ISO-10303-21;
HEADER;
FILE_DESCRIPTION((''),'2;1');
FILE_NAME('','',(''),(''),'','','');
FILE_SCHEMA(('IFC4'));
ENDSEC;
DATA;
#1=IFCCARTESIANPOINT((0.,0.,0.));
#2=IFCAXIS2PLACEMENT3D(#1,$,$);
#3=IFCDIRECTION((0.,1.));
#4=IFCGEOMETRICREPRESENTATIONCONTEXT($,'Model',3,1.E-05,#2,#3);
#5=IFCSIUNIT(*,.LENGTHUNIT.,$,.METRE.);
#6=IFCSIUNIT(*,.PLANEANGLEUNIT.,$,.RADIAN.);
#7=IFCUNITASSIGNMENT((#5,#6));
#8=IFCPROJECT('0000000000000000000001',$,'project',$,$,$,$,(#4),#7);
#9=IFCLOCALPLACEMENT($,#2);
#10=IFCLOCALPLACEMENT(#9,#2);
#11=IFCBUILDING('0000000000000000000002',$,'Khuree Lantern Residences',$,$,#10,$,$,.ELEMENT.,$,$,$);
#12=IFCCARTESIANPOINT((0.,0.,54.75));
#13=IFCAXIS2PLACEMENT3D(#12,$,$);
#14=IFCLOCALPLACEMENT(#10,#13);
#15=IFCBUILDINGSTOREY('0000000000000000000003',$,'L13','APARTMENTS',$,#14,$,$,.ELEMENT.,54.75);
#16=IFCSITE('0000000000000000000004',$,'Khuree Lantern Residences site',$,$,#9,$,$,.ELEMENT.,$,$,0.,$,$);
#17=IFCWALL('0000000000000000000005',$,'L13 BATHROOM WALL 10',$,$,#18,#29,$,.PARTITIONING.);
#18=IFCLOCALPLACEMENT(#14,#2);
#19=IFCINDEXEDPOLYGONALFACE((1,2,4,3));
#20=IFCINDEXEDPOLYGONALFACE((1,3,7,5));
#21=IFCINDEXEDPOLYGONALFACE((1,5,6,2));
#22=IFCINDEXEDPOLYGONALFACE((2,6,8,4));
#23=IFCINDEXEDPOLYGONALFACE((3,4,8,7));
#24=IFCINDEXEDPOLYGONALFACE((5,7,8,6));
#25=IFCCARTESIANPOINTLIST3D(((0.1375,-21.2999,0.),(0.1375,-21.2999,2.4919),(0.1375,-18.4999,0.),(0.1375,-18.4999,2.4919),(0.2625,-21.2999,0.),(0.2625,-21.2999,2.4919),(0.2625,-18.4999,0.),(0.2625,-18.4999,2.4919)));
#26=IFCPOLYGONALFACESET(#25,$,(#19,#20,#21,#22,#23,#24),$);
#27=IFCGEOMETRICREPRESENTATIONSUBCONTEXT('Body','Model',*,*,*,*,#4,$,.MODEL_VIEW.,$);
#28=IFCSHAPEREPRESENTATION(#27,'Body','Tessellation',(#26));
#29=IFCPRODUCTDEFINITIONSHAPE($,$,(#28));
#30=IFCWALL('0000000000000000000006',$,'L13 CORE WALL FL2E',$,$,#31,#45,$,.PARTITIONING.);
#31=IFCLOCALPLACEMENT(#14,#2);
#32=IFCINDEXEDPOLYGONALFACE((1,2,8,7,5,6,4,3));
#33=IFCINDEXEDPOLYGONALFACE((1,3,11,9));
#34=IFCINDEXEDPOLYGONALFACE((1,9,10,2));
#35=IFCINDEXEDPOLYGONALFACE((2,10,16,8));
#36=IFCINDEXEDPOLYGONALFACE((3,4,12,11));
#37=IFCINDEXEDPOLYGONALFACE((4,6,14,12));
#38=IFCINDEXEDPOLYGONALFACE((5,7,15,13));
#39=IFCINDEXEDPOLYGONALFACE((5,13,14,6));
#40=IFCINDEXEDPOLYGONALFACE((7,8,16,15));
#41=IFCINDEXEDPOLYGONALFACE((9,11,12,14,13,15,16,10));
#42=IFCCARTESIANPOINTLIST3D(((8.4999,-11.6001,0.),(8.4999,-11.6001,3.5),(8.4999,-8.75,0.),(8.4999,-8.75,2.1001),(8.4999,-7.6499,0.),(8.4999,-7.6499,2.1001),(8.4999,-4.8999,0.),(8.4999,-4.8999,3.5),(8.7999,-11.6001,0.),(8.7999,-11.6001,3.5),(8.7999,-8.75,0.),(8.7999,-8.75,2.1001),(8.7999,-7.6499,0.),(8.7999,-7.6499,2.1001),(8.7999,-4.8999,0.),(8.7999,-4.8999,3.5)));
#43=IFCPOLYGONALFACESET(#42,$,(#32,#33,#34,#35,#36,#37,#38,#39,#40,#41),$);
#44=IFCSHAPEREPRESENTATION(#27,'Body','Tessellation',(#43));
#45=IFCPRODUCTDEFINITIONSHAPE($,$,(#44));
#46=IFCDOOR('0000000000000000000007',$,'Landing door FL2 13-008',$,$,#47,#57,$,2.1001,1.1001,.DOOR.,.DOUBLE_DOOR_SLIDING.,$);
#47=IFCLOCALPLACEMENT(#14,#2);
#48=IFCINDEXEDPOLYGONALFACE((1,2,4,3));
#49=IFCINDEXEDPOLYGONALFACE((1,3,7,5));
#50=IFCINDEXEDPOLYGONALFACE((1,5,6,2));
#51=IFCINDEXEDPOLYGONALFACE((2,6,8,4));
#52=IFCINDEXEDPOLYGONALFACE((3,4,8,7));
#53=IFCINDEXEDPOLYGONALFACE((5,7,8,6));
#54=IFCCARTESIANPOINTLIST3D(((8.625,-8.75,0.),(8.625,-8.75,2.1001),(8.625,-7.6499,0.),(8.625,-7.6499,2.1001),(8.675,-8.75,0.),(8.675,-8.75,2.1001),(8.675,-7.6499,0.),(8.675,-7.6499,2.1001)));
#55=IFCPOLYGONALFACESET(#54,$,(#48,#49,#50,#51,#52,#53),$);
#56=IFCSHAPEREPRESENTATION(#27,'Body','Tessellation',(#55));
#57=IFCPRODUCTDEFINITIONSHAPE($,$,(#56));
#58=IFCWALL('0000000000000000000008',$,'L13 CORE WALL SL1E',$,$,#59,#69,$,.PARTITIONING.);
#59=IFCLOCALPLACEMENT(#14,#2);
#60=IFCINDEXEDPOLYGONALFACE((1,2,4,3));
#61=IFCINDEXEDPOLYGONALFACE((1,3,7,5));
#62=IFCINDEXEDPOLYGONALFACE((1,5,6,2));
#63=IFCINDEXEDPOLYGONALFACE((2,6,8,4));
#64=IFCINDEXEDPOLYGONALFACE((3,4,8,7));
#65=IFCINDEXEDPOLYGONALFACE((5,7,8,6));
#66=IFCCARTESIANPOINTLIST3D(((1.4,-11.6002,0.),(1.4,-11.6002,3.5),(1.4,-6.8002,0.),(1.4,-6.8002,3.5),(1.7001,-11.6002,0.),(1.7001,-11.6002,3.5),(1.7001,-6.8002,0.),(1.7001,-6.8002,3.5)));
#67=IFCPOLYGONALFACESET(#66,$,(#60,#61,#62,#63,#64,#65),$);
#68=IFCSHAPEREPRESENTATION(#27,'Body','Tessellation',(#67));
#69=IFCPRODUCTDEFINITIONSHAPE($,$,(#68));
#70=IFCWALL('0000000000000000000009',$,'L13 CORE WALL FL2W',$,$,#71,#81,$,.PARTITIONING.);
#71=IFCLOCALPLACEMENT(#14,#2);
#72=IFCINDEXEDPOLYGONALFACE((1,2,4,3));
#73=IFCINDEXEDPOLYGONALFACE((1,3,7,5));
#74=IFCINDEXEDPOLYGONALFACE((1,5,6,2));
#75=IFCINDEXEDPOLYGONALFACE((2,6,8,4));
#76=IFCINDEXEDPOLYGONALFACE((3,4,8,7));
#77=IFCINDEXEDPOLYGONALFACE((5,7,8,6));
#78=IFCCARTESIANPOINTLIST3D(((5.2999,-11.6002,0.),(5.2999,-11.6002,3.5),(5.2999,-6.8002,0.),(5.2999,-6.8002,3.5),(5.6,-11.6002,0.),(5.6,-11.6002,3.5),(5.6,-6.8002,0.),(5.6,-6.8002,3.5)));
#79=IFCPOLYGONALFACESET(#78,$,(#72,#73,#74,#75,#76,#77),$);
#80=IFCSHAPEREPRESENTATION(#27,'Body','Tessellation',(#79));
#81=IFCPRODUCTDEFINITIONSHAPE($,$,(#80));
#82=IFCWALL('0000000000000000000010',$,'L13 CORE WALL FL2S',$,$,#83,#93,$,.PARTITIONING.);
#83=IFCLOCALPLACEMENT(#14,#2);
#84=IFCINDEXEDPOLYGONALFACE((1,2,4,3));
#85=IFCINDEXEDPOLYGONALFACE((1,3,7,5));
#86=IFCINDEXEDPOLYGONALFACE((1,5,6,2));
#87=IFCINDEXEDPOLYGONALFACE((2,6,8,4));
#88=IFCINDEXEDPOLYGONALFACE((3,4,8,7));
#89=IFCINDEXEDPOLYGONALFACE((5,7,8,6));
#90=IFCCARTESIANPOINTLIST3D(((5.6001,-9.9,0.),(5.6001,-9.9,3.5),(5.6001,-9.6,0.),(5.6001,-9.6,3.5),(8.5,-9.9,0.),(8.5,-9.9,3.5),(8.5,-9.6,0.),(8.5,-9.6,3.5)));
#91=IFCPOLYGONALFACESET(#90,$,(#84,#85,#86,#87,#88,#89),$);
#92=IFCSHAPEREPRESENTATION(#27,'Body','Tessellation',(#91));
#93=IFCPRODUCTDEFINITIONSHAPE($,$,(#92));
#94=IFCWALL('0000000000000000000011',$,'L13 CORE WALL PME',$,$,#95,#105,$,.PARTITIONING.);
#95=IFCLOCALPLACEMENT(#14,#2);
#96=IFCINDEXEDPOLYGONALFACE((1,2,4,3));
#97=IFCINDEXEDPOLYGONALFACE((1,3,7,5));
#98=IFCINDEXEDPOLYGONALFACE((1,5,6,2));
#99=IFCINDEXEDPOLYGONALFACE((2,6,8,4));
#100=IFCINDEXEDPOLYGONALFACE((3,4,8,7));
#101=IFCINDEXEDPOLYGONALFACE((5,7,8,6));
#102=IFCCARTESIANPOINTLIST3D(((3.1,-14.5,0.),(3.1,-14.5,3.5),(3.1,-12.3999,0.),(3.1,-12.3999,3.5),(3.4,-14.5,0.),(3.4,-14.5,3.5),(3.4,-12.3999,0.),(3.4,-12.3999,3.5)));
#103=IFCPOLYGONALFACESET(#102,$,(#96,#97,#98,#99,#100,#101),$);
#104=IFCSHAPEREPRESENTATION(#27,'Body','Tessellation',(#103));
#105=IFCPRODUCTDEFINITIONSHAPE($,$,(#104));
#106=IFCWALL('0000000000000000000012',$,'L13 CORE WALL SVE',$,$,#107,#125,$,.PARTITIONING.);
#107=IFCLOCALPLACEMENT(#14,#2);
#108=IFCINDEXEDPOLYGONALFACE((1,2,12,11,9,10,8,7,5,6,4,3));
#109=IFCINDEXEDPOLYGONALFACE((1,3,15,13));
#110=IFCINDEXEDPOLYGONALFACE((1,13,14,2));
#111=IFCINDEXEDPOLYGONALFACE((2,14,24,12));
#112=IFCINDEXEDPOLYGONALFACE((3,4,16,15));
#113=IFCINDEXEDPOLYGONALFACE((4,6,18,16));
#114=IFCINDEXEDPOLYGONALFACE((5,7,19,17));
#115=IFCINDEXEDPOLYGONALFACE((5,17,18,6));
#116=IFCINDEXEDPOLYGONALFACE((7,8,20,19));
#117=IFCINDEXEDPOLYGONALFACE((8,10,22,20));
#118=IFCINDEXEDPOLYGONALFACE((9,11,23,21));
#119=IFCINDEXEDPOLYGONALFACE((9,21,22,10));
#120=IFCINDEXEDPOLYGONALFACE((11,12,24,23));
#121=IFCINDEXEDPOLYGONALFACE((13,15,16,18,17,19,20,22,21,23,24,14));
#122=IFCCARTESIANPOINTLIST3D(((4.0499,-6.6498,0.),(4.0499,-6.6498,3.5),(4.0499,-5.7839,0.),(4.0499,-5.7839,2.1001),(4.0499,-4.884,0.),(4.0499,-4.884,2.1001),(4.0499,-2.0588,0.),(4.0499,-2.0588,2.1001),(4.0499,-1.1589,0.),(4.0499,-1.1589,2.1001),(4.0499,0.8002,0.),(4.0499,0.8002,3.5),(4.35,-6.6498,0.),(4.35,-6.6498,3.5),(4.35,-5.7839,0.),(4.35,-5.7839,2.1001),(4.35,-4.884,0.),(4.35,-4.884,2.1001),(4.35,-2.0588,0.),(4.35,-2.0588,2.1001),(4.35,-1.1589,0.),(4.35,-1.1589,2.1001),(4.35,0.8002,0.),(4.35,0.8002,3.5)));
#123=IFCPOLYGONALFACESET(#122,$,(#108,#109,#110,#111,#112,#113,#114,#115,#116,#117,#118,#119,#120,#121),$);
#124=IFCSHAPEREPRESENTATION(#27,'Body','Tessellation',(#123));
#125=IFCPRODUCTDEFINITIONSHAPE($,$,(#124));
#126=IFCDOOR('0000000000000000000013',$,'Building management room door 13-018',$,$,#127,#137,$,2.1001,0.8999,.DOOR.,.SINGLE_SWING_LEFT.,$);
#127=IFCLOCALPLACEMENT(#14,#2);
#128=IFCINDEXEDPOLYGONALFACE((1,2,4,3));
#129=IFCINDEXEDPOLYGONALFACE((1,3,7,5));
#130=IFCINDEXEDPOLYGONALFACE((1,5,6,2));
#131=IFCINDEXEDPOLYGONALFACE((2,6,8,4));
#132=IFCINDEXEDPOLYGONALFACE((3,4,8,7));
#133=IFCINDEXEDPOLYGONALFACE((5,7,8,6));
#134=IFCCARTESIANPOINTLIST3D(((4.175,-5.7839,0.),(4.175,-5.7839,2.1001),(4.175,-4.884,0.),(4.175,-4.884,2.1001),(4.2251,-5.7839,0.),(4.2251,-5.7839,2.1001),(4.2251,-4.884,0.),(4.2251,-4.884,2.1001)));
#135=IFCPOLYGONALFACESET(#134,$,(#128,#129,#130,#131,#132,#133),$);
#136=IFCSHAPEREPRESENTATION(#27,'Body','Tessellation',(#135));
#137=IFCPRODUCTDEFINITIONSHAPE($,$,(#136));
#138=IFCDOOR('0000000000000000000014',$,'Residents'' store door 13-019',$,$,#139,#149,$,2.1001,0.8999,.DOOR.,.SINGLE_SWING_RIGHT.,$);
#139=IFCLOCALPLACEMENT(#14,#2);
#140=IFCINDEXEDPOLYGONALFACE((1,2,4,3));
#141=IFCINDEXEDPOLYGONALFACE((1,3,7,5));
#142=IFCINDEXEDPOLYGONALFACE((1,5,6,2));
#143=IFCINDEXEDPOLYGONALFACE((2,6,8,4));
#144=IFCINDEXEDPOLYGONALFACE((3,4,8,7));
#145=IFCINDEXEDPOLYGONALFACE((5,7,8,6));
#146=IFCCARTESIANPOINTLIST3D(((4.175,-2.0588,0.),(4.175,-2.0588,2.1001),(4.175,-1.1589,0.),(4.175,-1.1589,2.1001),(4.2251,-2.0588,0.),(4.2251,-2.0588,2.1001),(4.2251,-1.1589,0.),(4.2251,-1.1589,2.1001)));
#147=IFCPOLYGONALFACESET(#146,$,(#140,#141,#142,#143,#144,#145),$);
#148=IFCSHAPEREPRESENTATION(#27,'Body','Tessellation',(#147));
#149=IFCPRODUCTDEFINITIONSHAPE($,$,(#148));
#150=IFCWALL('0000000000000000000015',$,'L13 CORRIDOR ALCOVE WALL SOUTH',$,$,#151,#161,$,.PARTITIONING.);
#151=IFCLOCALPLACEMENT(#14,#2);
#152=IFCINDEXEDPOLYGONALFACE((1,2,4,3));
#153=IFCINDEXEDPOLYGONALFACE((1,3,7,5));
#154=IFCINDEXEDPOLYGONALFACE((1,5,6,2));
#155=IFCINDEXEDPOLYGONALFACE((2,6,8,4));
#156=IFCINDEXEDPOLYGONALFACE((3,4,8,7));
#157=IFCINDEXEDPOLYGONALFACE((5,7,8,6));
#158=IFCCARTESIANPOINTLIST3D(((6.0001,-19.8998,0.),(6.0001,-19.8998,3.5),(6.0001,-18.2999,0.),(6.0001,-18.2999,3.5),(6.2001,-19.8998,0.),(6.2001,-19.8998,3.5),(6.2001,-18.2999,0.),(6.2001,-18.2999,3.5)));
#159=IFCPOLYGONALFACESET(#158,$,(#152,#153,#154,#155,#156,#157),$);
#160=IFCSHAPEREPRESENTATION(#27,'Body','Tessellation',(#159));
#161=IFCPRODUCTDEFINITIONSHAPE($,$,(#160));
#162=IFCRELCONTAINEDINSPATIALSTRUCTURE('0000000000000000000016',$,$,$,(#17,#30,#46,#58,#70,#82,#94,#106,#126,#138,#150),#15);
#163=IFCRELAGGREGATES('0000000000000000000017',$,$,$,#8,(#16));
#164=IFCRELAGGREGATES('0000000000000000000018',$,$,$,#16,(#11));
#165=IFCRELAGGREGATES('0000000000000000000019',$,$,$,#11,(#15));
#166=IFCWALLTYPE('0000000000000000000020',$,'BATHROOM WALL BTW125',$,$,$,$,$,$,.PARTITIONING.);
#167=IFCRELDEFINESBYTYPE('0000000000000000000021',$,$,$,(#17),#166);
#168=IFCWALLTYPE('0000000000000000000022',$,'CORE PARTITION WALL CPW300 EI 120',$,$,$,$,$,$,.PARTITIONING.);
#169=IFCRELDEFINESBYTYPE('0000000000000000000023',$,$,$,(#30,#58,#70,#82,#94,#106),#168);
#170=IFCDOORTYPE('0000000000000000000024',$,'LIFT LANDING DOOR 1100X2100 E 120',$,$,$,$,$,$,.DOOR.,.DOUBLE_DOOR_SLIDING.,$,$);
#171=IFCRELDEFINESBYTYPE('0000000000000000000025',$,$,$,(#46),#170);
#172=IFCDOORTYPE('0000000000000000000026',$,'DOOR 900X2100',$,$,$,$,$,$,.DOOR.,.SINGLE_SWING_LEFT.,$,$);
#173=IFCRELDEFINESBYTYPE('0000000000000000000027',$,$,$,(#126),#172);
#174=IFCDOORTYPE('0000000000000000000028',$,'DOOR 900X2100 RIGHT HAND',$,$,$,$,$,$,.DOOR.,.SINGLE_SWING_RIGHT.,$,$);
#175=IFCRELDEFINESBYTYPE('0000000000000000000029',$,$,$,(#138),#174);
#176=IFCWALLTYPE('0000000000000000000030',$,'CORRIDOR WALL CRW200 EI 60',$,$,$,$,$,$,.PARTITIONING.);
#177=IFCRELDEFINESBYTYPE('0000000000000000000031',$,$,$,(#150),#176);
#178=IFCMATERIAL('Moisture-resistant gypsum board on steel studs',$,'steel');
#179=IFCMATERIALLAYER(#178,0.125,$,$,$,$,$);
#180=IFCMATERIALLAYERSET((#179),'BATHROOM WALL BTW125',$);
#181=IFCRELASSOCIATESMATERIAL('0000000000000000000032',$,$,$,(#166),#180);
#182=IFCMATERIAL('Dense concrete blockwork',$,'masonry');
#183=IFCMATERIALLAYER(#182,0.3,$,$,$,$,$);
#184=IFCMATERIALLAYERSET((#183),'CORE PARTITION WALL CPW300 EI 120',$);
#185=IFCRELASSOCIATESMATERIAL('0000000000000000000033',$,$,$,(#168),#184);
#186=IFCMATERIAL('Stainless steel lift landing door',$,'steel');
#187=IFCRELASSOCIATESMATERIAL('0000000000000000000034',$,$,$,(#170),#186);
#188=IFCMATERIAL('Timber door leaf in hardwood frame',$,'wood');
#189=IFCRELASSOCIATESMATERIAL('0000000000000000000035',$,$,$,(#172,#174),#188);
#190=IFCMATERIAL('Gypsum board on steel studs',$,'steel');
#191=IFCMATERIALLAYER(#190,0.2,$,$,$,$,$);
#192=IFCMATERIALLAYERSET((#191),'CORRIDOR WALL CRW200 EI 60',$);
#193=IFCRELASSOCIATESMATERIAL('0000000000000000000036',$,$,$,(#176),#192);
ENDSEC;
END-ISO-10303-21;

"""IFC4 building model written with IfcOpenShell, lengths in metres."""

from ifc_helpers import new_model, si_unit, direction, frame, frame_2d, origin, place, context, subcontext, project, spatial, rectangle, extrude, material, layer, layer_set, type_object, element, fill, save


model = new_model("IFC4")

# Units and contexts
model_context = context("Model", 3, precision=1e-05, world=origin(), true_north=direction((0.0, 1.0)))
body_context = subcontext(model_context, "Body", "Model", "MODEL_VIEW")
ifc_project = project(units=[si_unit("LENGTHUNIT", "METRE"), si_unit("PLANEANGLEUNIT", "RADIAN")], contexts=[model_context])

# Site, building, storey
site_placement = place(None, origin())
site = spatial("IfcSite", under=ifc_project, at=site_placement, Name="Khuree Lantern Residences site", CompositionType="ELEMENT", RefElevation=0.0)
building_placement = place(site_placement, origin())
building = spatial("IfcBuilding", under=site, at=building_placement, Name="Khuree Lantern Residences", CompositionType="ELEMENT")
storey_placement = place(building_placement, frame((0.0, 0.0, 54.75)))
storey = spatial("IfcBuildingStorey", under=building, at=storey_placement, Name="L13", Description="APARTMENTS", CompositionType="ELEMENT", Elevation=54.75)

# Wall
ifc_material_1 = material(Name="Moisture-resistant gypsum board on steel studs", Category="steel")
ifc_layer_1 = layer(ifc_material_1, 0.125)
ifc_layer_set_1 = layer_set([ifc_layer_1], Name="BATHROOM WALL BTW125")
wall_type_1 = type_object("IfcWallType", Name="BATHROOM WALL BTW125", PredefinedType="PARTITIONING", material=ifc_layer_set_1)
wall_1_placement = place(storey_placement, frame((0.2, -18.5, 0.0), z_axis=(0.0, 0.0, 1.0), x_axis=(0.0, -1.0, 0.0)))
element("IfcWall", 1, at=wall_1_placement, inside=storey, type_object=wall_type_1, Name="L13 BATHROOM WALL 10", PredefinedType="PARTITIONING", context=body_context, shape_type="SweptSolid", body=[
    extrude(rectangle(XDim=2.8, YDim=0.125, at=frame_2d((1.3999, 0.0))), origin(), (0.0, 0.0, 1.0), 2.4919),
])

# Wall, opening, door
ifc_material_2 = material(Name="Dense concrete blockwork", Category="masonry")
ifc_layer_2 = layer(ifc_material_2, 0.3)
ifc_layer_set_2 = layer_set([ifc_layer_2], Name="CORE PARTITION WALL CPW300 EI 120")
wall_type_2 = type_object("IfcWallType", Name="CORE PARTITION WALL CPW300 EI 120", PredefinedType="PARTITIONING", material=ifc_layer_set_2)
wall_2_placement = place(storey_placement, frame((8.6499, -11.6001, 0.0), z_axis=(0.0, 0.0, 1.0), x_axis=(0.0, 1.0, 0.0)))
wall_2 = element("IfcWall", 2, at=wall_2_placement, inside=storey, type_object=wall_type_2, Name="L13 CORE WALL FL2E", PredefinedType="PARTITIONING", context=body_context, shape_type="SweptSolid", body=[
    extrude(rectangle(XDim=6.7002, YDim=0.3, at=frame_2d((3.3501, 0.0))), origin(), (0.0, 0.0, 1.0), 3.5),
])
opening_1_placement = place(wall_2_placement, frame((2.8501, 0.0, 0.0)))
opening_1 = element("IfcOpeningElement", 3, at=opening_1_placement, cuts=wall_2, PredefinedType="OPENING", context=body_context, shape_type="SweptSolid", body=[
    extrude(rectangle(XDim=1.1001, YDim=2.1001, at=frame_2d((0.55, 1.05))), frame((0.0, 0.1602, 0.0), z_axis=(0.0, -1.0, 0.0), x_axis=(1.0, 0.0, 0.0)), (0.0, 0.0, 1.0), 0.3201),
])
ifc_material_3 = material(Name="Stainless steel lift landing door", Category="steel")
door_type_1 = type_object("IfcDoorType", Name="LIFT LANDING DOOR 1100X2100 E 120", OperationType="DOUBLE_DOOR_SLIDING", PredefinedType="DOOR", material=ifc_material_3)
door_1_placement = place(opening_1_placement, origin())
door_1 = element("IfcDoor", 4, at=door_1_placement, inside=storey, type_object=door_type_1, Name="Landing door FL2 13-008", OperationType="DOUBLE_DOOR_SLIDING", OverallHeight=2.1001, OverallWidth=1.1001, PredefinedType="DOOR", context=body_context, shape_type="SweptSolid", body=[
    extrude(rectangle(XDim=1.1001, YDim=2.1001, at=frame_2d((0.55, 1.05))), frame((0.0, 0.0249, 0.0), z_axis=(0.0, -1.0, 0.0), x_axis=(1.0, 0.0, 0.0)), (0.0, 0.0, 1.0), 0.05),
])
fill(opening_1, door_1)

# Walls
for number, where, z_axis, x_axis, name in (
    (5, (1.55, -11.6001, 0.0), (0.0, 0.0, 1.0), (0.0, 1.0, 0.0), "L13 CORE WALL SL1E"),
    (6, (5.45, -11.6001, 0.0), (0.0, 0.0, 1.0), (0.0, 1.0, 0.0), "L13 CORE WALL FL2W"),
):
    element("IfcWall", number, at=place(storey_placement, frame(where, z_axis=z_axis, x_axis=x_axis)), inside=storey, type_object=wall_type_2, Name=name, PredefinedType="PARTITIONING", context=body_context, shape_type="SweptSolid", body=[
        extrude(rectangle(XDim=4.8, YDim=0.3, at=frame_2d((2.3999, 0.0))), origin(), (0.0, 0.0, 1.0), 3.5),
    ])
wall_3_placement = place(storey_placement, frame((5.6001, -9.75, 0.0), z_axis=(0.0, 0.0, 1.0), x_axis=(1.0, 0.0, 0.0)))
element("IfcWall", 7, at=wall_3_placement, inside=storey, type_object=wall_type_2, Name="L13 CORE WALL FL2S", PredefinedType="PARTITIONING", context=body_context, shape_type="SweptSolid", body=[
    extrude(rectangle(XDim=2.8999, YDim=0.3, at=frame_2d((1.45, 0.0))), origin(), (0.0, 0.0, 1.0), 3.5),
])
wall_4_placement = place(storey_placement, frame((3.25, -14.5, 0.0), z_axis=(0.0, 0.0, 1.0), x_axis=(0.0, 1.0, 0.0)))
element("IfcWall", 8, at=wall_4_placement, inside=storey, type_object=wall_type_2, Name="L13 CORE WALL PME", PredefinedType="PARTITIONING", context=body_context, shape_type="SweptSolid", body=[
    extrude(rectangle(XDim=2.1001, YDim=0.3, at=frame_2d((1.05, 0.0))), origin(), (0.0, 0.0, 1.0), 3.5),
])

# Wall, openings, doors
wall_5_placement = place(storey_placement, frame((4.2, -6.6499, 0.0), z_axis=(0.0, 0.0, 1.0), x_axis=(0.0, 1.0, 0.0)))
wall_5 = element("IfcWall", 9, at=wall_5_placement, inside=storey, type_object=wall_type_2, Name="L13 CORE WALL SVE", PredefinedType="PARTITIONING", context=body_context, shape_type="SweptSolid", body=[
    extrude(rectangle(XDim=7.45, YDim=0.3, at=frame_2d((3.7251, 0.0))), origin(), (0.0, 0.0, 1.0), 3.5),
])
opening_2_placement = place(wall_5_placement, frame((0.866, 0.0, 0.0)))
opening_2 = element("IfcOpeningElement", 10, at=opening_2_placement, cuts=wall_5, PredefinedType="OPENING", context=body_context, shape_type="SweptSolid", body=[
    extrude(rectangle(XDim=0.8999, YDim=2.1001, at=frame_2d((0.45, 1.05))), frame((0.0, 0.1602, 0.0), z_axis=(0.0, -1.0, 0.0), x_axis=(1.0, 0.0, 0.0)), (0.0, 0.0, 1.0), 0.3201),
])
opening_3_placement = place(wall_5_placement, frame((4.5911, 0.0, 0.0)))
opening_3 = element("IfcOpeningElement", 11, at=opening_3_placement, cuts=wall_5, PredefinedType="OPENING", context=body_context, shape_type="SweptSolid", body=[
    extrude(rectangle(XDim=0.8999, YDim=2.1001, at=frame_2d((0.45, 1.05))), frame((0.0, 0.1602, 0.0), z_axis=(0.0, -1.0, 0.0), x_axis=(1.0, 0.0, 0.0)), (0.0, 0.0, 1.0), 0.3201),
])
ifc_material_4 = material(Name="Timber door leaf in hardwood frame", Category="wood")
door_type_2 = type_object("IfcDoorType", Name="DOOR 900X2100", OperationType="SINGLE_SWING_LEFT", PredefinedType="DOOR", material=ifc_material_4)
door_2_placement = place(opening_2_placement, origin())
door_2 = element("IfcDoor", 12, at=door_2_placement, inside=storey, type_object=door_type_2, Name="Building management room door 13-018", OperationType="SINGLE_SWING_LEFT", OverallHeight=2.1001, OverallWidth=0.8999, PredefinedType="DOOR", context=body_context, shape_type="SweptSolid", body=[
    extrude(rectangle(XDim=0.8999, YDim=2.1001, at=frame_2d((0.45, 1.05))), frame((0.0, 0.0249, 0.0), z_axis=(0.0, -1.0, 0.0), x_axis=(1.0, 0.0, 0.0)), (0.0, 0.0, 1.0), 0.05),
])
fill(opening_2, door_2)
door_type_3 = type_object("IfcDoorType", Name="DOOR 900X2100 RIGHT HAND", OperationType="SINGLE_SWING_RIGHT", PredefinedType="DOOR", material=ifc_material_4)
door_3_placement = place(opening_3_placement, origin())
door_3 = element("IfcDoor", 13, at=door_3_placement, inside=storey, type_object=door_type_3, Name="Residents' store door 13-019", OperationType="SINGLE_SWING_RIGHT", OverallHeight=2.1001, OverallWidth=0.8999, PredefinedType="DOOR", context=body_context, shape_type="SweptSolid", body=[
    extrude(rectangle(XDim=0.8999, YDim=2.1001, at=frame_2d((0.45, 1.05))), frame((0.0, 0.0249, 0.0), z_axis=(0.0, -1.0, 0.0), x_axis=(1.0, 0.0, 0.0)), (0.0, 0.0, 1.0), 0.05),
])
fill(opening_3, door_3)

# Wall
ifc_material_5 = material(Name="Gypsum board on steel studs", Category="steel")
ifc_layer_3 = layer(ifc_material_5, 0.2)
ifc_layer_set_3 = layer_set([ifc_layer_3], Name="CORRIDOR WALL CRW200 EI 60")
wall_type_3 = type_object("IfcWallType", Name="CORRIDOR WALL CRW200 EI 60", PredefinedType="PARTITIONING", material=ifc_layer_set_3)
wall_6_placement = place(storey_placement, frame((6.1001, -18.3, 0.0), z_axis=(0.0, 0.0, 1.0), x_axis=(0.0, -1.0, 0.0)))
element("IfcWall", 14, at=wall_6_placement, inside=storey, type_object=wall_type_3, Name="L13 CORRIDOR ALCOVE WALL SOUTH", PredefinedType="PARTITIONING", context=body_context, shape_type="SweptSolid", body=[
    extrude(rectangle(XDim=1.5999, YDim=0.2, at=frame_2d((0.7998, 0.0))), origin(), (0.0, 0.0, 1.0), 3.5),
])

save(model, "model.ifc")
